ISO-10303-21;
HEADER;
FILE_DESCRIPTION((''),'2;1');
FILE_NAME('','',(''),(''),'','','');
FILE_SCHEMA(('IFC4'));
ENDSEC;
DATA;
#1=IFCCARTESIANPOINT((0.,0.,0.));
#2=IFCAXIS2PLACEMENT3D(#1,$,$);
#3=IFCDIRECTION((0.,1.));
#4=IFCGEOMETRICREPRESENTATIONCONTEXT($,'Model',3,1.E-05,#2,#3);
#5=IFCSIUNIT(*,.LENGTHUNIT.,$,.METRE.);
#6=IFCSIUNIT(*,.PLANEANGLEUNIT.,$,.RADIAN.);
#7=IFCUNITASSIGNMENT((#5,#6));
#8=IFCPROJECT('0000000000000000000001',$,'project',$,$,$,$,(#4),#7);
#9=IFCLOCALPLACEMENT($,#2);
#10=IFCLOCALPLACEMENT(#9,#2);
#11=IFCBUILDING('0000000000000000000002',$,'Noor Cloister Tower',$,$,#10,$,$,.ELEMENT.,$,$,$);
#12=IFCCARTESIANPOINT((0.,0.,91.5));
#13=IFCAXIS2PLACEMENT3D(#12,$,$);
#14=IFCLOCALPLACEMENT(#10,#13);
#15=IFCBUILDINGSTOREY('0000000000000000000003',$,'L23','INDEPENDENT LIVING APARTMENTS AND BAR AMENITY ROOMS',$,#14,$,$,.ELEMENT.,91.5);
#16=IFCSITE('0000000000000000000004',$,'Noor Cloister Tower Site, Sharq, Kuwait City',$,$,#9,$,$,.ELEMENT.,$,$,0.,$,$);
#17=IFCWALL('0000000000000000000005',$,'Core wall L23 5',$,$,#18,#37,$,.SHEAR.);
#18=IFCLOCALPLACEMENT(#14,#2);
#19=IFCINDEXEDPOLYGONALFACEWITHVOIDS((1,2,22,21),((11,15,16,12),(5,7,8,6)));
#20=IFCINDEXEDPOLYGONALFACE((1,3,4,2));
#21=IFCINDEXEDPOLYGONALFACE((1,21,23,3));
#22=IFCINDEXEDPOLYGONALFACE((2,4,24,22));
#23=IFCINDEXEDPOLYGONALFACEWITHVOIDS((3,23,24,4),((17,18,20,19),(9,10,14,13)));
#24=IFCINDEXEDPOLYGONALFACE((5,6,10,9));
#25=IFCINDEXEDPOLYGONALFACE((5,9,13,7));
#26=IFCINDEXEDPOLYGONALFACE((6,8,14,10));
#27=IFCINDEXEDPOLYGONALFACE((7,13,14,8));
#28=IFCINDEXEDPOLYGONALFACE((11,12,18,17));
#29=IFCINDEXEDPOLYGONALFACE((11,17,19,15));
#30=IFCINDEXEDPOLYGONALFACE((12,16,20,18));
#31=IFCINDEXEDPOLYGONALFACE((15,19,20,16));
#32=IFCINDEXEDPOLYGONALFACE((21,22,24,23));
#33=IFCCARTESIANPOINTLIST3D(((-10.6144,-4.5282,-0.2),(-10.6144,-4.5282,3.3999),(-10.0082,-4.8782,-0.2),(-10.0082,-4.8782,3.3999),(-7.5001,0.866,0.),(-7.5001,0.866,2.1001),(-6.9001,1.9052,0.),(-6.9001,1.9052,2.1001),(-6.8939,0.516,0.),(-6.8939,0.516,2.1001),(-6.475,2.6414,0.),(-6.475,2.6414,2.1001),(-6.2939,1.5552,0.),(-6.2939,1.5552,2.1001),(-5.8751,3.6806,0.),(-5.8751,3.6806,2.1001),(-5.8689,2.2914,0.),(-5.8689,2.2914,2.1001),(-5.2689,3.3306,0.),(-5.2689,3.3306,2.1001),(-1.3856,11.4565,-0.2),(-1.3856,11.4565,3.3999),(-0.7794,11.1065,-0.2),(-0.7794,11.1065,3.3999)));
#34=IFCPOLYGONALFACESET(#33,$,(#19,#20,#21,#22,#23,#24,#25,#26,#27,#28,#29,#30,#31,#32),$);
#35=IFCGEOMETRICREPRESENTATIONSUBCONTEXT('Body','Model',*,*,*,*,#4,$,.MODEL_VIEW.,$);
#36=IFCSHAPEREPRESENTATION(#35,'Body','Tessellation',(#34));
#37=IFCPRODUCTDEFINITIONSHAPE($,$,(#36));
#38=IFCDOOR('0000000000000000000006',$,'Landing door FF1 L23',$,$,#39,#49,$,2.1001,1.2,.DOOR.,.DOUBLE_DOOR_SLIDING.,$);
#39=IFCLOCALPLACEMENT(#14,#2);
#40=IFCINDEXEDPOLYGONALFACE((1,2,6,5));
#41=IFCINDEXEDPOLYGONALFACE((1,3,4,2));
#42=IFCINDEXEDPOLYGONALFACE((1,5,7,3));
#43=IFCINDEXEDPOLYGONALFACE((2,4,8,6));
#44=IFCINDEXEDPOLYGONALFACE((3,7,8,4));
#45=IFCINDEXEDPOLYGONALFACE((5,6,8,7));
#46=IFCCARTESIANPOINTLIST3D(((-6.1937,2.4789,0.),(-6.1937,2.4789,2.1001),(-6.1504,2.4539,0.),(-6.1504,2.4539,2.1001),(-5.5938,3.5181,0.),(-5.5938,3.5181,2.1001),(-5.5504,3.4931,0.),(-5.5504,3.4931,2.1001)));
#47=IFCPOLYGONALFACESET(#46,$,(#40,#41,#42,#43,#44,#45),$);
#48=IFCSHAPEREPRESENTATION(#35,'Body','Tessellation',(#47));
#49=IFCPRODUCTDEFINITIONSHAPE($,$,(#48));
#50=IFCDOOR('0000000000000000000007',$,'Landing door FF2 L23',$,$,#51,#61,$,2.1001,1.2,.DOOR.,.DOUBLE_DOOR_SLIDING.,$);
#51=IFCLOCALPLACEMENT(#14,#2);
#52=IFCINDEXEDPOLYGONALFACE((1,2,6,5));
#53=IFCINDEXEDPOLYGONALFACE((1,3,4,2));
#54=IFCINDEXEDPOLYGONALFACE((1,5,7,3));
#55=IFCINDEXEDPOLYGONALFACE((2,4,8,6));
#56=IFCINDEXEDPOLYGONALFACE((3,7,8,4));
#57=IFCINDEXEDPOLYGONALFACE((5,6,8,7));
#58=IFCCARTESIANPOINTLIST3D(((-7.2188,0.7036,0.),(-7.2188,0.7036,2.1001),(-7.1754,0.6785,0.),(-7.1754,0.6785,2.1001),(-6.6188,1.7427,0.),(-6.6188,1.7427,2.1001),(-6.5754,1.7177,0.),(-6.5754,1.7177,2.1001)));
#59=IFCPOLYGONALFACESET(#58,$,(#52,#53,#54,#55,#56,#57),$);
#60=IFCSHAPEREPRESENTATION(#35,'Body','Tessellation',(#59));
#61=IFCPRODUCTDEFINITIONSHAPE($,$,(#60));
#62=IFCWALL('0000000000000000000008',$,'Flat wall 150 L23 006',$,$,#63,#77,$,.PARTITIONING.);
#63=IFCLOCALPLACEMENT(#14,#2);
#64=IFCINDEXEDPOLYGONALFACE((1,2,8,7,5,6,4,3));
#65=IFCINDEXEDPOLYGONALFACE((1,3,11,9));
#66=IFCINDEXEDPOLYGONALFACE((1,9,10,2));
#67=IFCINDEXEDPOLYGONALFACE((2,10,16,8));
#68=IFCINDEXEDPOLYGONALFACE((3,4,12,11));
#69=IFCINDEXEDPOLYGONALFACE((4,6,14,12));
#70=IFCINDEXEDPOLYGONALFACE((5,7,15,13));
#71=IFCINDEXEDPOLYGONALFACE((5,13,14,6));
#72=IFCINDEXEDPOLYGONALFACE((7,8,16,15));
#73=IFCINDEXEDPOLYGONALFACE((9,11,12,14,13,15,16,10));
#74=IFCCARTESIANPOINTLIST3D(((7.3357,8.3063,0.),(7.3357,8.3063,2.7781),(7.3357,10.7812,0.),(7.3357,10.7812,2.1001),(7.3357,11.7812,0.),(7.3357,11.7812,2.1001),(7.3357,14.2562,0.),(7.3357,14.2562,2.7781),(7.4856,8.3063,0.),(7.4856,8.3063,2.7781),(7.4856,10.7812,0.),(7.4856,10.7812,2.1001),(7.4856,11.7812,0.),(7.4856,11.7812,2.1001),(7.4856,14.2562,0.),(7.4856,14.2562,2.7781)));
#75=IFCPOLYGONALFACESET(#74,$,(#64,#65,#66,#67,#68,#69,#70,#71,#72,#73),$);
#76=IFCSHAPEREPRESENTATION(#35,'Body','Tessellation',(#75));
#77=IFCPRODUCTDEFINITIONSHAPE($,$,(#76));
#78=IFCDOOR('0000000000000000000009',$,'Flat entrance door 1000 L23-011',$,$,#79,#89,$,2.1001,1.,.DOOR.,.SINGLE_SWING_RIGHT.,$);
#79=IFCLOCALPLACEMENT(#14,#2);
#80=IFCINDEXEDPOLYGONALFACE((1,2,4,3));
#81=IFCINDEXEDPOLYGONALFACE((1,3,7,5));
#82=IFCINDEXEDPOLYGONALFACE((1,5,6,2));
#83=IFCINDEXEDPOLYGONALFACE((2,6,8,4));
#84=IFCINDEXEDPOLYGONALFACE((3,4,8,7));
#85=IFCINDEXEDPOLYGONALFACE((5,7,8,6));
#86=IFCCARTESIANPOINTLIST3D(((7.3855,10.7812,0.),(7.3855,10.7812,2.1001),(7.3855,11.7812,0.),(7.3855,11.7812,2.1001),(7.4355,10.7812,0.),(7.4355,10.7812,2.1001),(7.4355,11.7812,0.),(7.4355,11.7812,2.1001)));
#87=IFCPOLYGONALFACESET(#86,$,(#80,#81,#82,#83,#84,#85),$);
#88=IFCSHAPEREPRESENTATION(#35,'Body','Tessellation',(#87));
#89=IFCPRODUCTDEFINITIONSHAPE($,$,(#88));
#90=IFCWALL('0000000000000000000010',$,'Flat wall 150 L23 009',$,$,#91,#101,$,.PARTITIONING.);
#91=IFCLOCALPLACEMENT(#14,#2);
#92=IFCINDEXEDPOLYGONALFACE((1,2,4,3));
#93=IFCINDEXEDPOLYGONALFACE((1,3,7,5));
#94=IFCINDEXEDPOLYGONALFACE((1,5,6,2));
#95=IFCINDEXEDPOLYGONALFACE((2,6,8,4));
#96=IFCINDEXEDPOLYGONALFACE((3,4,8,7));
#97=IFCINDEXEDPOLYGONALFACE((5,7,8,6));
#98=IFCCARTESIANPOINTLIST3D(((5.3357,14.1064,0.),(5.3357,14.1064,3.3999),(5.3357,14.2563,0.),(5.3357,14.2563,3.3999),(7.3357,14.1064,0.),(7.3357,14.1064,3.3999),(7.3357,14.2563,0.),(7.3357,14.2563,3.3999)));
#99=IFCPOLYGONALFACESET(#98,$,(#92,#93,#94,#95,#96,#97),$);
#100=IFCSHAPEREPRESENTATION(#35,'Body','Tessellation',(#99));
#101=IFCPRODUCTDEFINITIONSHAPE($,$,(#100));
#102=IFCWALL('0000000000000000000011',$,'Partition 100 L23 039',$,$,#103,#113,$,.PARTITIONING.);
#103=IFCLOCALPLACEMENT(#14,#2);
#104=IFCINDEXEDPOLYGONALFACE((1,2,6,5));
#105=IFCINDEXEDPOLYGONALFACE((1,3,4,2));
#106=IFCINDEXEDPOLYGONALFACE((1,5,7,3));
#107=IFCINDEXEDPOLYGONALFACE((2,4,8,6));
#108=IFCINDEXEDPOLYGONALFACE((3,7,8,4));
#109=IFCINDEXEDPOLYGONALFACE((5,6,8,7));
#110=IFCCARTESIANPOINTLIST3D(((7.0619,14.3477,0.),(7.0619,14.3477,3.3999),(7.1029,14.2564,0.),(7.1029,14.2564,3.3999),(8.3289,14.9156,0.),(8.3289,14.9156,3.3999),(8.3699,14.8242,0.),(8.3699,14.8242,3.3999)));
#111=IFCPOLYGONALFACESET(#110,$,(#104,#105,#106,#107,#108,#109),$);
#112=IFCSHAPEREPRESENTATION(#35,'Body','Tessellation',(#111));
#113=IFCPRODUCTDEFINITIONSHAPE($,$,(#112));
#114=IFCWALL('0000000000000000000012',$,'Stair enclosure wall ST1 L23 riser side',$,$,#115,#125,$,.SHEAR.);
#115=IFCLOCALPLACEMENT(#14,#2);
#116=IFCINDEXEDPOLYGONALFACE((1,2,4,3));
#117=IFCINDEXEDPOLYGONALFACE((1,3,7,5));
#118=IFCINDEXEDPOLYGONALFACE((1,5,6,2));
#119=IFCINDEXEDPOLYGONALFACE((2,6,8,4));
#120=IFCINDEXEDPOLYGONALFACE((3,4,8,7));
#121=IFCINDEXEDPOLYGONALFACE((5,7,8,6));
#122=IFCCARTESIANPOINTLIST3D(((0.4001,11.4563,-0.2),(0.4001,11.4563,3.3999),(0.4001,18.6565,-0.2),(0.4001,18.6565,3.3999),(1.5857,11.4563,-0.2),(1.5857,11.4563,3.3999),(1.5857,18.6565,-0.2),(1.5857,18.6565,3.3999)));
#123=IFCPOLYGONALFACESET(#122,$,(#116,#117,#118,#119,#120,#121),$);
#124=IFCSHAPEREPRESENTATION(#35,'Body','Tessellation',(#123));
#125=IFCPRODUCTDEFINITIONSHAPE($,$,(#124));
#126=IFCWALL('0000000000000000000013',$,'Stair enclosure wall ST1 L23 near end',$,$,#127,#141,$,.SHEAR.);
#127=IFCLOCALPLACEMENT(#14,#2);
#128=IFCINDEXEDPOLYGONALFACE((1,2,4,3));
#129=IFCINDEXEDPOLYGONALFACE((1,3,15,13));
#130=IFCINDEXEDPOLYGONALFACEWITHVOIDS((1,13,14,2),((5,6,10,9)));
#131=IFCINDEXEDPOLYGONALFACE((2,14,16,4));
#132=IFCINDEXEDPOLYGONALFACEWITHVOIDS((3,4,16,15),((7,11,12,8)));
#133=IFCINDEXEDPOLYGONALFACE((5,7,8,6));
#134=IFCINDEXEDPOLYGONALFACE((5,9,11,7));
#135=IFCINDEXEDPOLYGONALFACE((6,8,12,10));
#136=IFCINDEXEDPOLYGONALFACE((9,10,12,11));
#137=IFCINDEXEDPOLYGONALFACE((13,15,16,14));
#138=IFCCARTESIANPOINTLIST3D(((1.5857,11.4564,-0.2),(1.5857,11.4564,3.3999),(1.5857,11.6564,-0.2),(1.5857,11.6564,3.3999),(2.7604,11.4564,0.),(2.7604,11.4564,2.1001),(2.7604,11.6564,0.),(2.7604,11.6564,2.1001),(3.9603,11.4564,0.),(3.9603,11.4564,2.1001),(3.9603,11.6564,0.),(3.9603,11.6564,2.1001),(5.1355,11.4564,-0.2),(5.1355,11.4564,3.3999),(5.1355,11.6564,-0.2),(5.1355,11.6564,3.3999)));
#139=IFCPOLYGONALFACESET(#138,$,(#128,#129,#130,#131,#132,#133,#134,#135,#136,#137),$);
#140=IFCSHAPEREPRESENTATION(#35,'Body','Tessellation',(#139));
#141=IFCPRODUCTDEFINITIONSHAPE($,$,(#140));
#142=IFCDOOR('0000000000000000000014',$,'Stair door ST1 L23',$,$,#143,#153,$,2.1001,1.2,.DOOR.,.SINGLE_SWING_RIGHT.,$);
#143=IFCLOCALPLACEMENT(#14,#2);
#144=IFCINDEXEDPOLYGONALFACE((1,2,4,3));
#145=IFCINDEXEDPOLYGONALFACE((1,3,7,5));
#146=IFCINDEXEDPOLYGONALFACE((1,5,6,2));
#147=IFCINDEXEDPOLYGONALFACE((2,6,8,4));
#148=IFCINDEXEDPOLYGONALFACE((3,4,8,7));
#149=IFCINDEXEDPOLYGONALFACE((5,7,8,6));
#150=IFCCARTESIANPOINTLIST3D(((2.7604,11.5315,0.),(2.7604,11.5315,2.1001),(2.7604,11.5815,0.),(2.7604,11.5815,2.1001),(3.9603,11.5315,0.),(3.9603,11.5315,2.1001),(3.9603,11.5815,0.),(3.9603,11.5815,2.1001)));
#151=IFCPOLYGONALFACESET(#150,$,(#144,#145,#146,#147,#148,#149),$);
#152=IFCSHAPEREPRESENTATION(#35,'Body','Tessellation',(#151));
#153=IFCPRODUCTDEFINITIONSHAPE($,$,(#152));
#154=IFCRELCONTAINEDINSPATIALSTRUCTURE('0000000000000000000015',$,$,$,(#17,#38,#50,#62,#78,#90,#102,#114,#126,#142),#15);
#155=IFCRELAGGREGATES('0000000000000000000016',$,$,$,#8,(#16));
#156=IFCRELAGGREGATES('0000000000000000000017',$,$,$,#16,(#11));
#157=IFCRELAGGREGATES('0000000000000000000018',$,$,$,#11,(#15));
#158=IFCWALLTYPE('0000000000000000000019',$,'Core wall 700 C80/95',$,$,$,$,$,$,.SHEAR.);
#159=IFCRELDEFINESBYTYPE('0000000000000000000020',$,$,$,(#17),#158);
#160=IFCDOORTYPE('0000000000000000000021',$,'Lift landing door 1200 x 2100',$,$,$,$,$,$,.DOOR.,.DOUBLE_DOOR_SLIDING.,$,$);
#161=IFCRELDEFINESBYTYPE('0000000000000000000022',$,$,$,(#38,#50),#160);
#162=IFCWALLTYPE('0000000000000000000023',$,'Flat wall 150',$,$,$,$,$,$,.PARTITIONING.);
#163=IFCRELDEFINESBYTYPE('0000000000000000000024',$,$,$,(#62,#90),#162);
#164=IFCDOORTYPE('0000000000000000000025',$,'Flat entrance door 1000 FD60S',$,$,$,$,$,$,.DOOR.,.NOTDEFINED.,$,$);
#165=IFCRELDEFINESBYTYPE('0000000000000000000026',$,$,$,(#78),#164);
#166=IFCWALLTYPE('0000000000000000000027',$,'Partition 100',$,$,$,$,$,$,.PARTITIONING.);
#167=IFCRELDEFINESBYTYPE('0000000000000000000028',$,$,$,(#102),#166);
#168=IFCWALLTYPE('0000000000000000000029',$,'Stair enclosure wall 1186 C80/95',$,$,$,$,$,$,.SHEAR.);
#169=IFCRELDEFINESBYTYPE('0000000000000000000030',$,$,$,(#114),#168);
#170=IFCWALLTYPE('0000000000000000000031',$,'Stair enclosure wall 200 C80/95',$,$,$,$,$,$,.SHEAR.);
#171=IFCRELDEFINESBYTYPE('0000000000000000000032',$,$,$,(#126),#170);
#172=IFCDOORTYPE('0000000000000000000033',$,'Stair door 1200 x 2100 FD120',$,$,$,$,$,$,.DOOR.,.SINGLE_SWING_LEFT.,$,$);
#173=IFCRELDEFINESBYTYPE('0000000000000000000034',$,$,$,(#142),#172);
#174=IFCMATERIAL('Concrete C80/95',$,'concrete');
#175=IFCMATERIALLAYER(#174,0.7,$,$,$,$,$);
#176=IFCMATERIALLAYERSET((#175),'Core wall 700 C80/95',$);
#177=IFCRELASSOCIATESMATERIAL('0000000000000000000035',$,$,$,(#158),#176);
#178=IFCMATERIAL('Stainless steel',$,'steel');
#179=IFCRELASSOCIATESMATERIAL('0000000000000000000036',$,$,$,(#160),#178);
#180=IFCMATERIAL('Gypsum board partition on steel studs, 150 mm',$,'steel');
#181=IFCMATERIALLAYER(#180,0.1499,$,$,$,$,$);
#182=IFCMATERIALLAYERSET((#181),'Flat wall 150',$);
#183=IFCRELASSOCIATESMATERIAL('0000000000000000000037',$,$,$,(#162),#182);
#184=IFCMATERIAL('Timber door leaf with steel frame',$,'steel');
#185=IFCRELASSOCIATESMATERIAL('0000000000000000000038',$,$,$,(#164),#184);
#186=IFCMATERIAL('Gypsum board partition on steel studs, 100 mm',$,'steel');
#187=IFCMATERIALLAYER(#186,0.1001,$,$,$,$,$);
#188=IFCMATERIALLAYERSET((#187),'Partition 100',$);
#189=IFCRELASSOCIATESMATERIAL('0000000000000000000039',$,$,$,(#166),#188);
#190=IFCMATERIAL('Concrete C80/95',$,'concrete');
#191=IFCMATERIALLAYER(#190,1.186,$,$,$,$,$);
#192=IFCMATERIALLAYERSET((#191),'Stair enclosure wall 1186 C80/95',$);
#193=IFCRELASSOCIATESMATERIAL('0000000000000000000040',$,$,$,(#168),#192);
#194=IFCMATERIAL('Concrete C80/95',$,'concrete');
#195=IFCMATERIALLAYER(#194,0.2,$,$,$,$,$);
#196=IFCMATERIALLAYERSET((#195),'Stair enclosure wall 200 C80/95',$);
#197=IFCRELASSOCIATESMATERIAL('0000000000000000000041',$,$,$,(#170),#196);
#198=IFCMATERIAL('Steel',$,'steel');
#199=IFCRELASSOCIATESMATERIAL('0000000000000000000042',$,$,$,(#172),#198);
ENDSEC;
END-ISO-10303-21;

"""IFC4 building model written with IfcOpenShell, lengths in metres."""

from ifc_helpers import new_model, si_unit, direction, frame, frame_2d, origin, place, context, subcontext, project, spatial, rectangle, extrude, material, layer, layer_set, type_object, element, fill, save


model = new_model("IFC4")

# Units and contexts
model_context = context("Model", 3, precision=1e-05, world=origin(), true_north=direction((0.0, 1.0)))
body_context = subcontext(model_context, "Body", "Model", "MODEL_VIEW")
ifc_project = project(units=[si_unit("LENGTHUNIT", "METRE"), si_unit("PLANEANGLEUNIT", "RADIAN")], contexts=[model_context])

# Site, building, storey
site_placement = place(None, origin())
site = spatial("IfcSite", under=ifc_project, at=site_placement, Name="Noor Cloister Tower Site, Sharq, Kuwait City", CompositionType="ELEMENT", RefElevation=0.0)
building_placement = place(site_placement, origin())
building = spatial("IfcBuilding", under=site, at=building_placement, Name="Noor Cloister Tower", CompositionType="ELEMENT")
storey_placement = place(building_placement, frame((0.0, 0.0, 91.5)))
storey = spatial("IfcBuildingStorey", under=building, at=storey_placement, Name="L23", Description="INDEPENDENT LIVING APARTMENTS AND BAR AMENITY ROOMS", CompositionType="ELEMENT", Elevation=91.5)

# Shared definitions
ifc_material_1 = material(Name="Concrete C80/95", Category="concrete")
ifc_layer_1 = layer(ifc_material_1, 0.7)
ifc_layer_set_1 = layer_set([ifc_layer_1], Name="Core wall 700 C80/95")
wall_type_1 = type_object("IfcWallType", Name="Core wall 700 C80/95", PredefinedType="SHEAR", material=ifc_layer_set_1)

# Wall, openings, doors
wall_1_placement = place(storey_placement, frame((-1.0825, 11.2815, -0.2), z_axis=(0.0, 0.0, 1.0), x_axis=(-0.500001, -0.866025, 0.0)))
wall_1 = element("IfcWall", 1, at=wall_1_placement, inside=storey, type_object=wall_type_1, Name="Core wall L23 5", PredefinedType="SHEAR", context=body_context, shape_type="SweptSolid", body=[
    extrude(rectangle(XDim=18.4575, YDim=0.7, at=frame_2d((9.2288, 0.0))), origin(), (0.0, 0.0, 1.0), 3.5999),
])
opening_1_placement = place(wall_1_placement, frame((8.9788, 0.0, 0.2)))
opening_1 = element("IfcOpeningElement", 2, at=opening_1_placement, cuts=wall_1, PredefinedType="OPENING", context=body_context, shape_type="SweptSolid", body=[
    extrude(rectangle(XDim=1.2, YDim=2.1001, at=frame_2d((0.6001, 1.05))), frame((0.0, 0.3599, 0.0), z_axis=(0.0, -1.0, 0.0), x_axis=(1.0, 0.0, 0.0)), (0.0, 0.0, 1.0), 0.72),
])
opening_2_placement = place(wall_1_placement, frame((11.0288, 0.0, 0.2)))
opening_2 = element("IfcOpeningElement", 3, at=opening_2_placement, cuts=wall_1, PredefinedType="OPENING", context=body_context, shape_type="SweptSolid", body=[
    extrude(rectangle(XDim=1.2, YDim=2.1001, at=frame_2d((0.6001, 1.05))), frame((0.0, 0.3599, 0.0), z_axis=(0.0, -1.0, 0.0), x_axis=(1.0, 0.0, 0.0)), (0.0, 0.0, 1.0), 0.72),
])
ifc_material_2 = material(Name="Stainless steel", Category="steel")
door_type_1 = type_object("IfcDoorType", Name="Lift landing door 1200 x 2100", OperationType="DOUBLE_DOOR_SLIDING", PredefinedType="DOOR", material=ifc_material_2)
door_1_placement = place(opening_1_placement, origin())
door_1 = element("IfcDoor", 4, at=door_1_placement, inside=storey, type_object=door_type_1, Name="Landing door FF1 L23", OperationType="DOUBLE_DOOR_SLIDING", OverallHeight=2.1001, OverallWidth=1.2, PredefinedType="DOOR", context=body_context, shape_type="SweptSolid", body=[
    extrude(rectangle(XDim=1.2, YDim=2.1001, at=frame_2d((0.6001, 1.05))), frame((0.0, 0.0249, 0.0), z_axis=(0.0, -1.0, 0.0), x_axis=(1.0, 0.0, 0.0)), (0.0, 0.0, 1.0), 0.05),
])
fill(opening_1, door_1)
door_2_placement = place(opening_2_placement, origin())
door_2 = element("IfcDoor", 5, at=door_2_placement, inside=storey, type_object=door_type_1, Name="Landing door FF2 L23", OperationType="DOUBLE_DOOR_SLIDING", OverallHeight=2.1001, OverallWidth=1.2, PredefinedType="DOOR", context=body_context, shape_type="SweptSolid", body=[
    extrude(rectangle(XDim=1.2, YDim=2.1001, at=frame_2d((0.6001, 1.05))), frame((0.0, 0.0249, 0.0), z_axis=(0.0, -1.0, 0.0), x_axis=(1.0, 0.0, 0.0)), (0.0, 0.0, 1.0), 0.05),
])
fill(opening_2, door_2)

# Wall, opening, door
ifc_material_3 = material(Name="Gypsum board partition on steel studs, 150 mm", Category="steel")
ifc_layer_2 = layer(ifc_material_3, 0.1499)
ifc_layer_set_2 = layer_set([ifc_layer_2], Name="Flat wall 150")
wall_type_2 = type_object("IfcWallType", Name="Flat wall 150", PredefinedType="PARTITIONING", material=ifc_layer_set_2)
wall_2_placement = place(storey_placement, frame((7.4106, 14.2563, 0.0), z_axis=(0.0, 0.0, 1.0), x_axis=(0.0, -1.0, 0.0)))
wall_2 = element("IfcWall", 6, at=wall_2_placement, inside=storey, type_object=wall_type_2, Name="Flat wall 150 L23 006", PredefinedType="PARTITIONING", context=body_context, shape_type="SweptSolid", body=[
    extrude(rectangle(XDim=5.95, YDim=0.1499, at=frame_2d((2.9751, 0.0))), origin(), (0.0, 0.0, 1.0), 2.7781),
])
opening_3_placement = place(wall_2_placement, frame((2.4751, 0.0, 0.0)))
opening_3 = element("IfcOpeningElement", 7, at=opening_3_placement, cuts=wall_2, PredefinedType="OPENING", context=body_context, shape_type="SweptSolid", body=[
    extrude(rectangle(XDim=1.0, YDim=2.1001, at=frame_2d((0.5, 1.05))), frame((0.0, 0.085, 0.0), z_axis=(0.0, -1.0, 0.0), x_axis=(1.0, 0.0, 0.0)), (0.0, 0.0, 1.0), 0.1699),
])
ifc_material_4 = material(Name="Timber door leaf with steel frame", Category="steel")
door_type_2 = type_object("IfcDoorType", Name="Flat entrance door 1000 FD60S", OperationType="NOTDEFINED", PredefinedType="DOOR", material=ifc_material_4)
door_3_placement = place(opening_3_placement, origin())
door_3 = element("IfcDoor", 8, at=door_3_placement, inside=storey, type_object=door_type_2, Name="Flat entrance door 1000 L23-011", OperationType="SINGLE_SWING_RIGHT", OverallHeight=2.1001, OverallWidth=1.0, PredefinedType="DOOR", context=body_context, shape_type="SweptSolid", body=[
    extrude(rectangle(XDim=1.0, YDim=2.1001, at=frame_2d((0.5, 1.05))), frame((0.0, 0.0249, 0.0), z_axis=(0.0, -1.0, 0.0), x_axis=(1.0, 0.0, 0.0)), (0.0, 0.0, 1.0), 0.05),
])
fill(opening_3, door_3)

# Walls
wall_3_placement = place(storey_placement, frame((5.3357, 14.1814, 0.0), z_axis=(0.0, 0.0, 1.0), x_axis=(1.0, 0.0, 0.0)))
element("IfcWall", 9, at=wall_3_placement, inside=storey, type_object=wall_type_2, Name="Flat wall 150 L23 009", PredefinedType="PARTITIONING", context=body_context, shape_type="SweptSolid", body=[
    extrude(rectangle(XDim=2.0, YDim=0.1499, at=frame_2d((1.0, 0.0))), origin(), (0.0, 0.0, 1.0), 3.3999),
])
ifc_material_5 = material(Name="Gypsum board partition on steel studs, 100 mm", Category="steel")
ifc_layer_3 = layer(ifc_material_5, 0.1001)
ifc_layer_set_3 = layer_set([ifc_layer_3], Name="Partition 100")
wall_type_3 = type_object("IfcWallType", Name="Partition 100", PredefinedType="PARTITIONING", material=ifc_layer_set_3)
wall_4_placement = place(storey_placement, frame((7.0823, 14.302, 0.0), z_axis=(0.0, 0.0, 1.0), x_axis=(0.912546, 0.408975, 0.0)))
element("IfcWall", 10, at=wall_4_placement, inside=storey, type_object=wall_type_3, Name="Partition 100 L23 039", PredefinedType="PARTITIONING", context=body_context, shape_type="SweptSolid", body=[
    extrude(rectangle(XDim=1.3884, YDim=0.1001, at=frame_2d((0.6943, 0.0))), origin(), (0.0, 0.0, 1.0), 3.3999),
])
ifc_material_6 = material(Name="Concrete C80/95", Category="concrete")
ifc_layer_4 = layer(ifc_material_6, 1.186)
ifc_layer_set_4 = layer_set([ifc_layer_4], Name="Stair enclosure wall 1186 C80/95")
wall_type_4 = type_object("IfcWallType", Name="Stair enclosure wall 1186 C80/95", PredefinedType="SHEAR", material=ifc_layer_set_4)
wall_5_placement = place(storey_placement, frame((0.9929, 11.4563, -0.2), z_axis=(0.0, 0.0, 1.0), x_axis=(0.0, 1.0, 0.0)))
element("IfcWall", 11, at=wall_5_placement, inside=storey, type_object=wall_type_4, Name="Stair enclosure wall ST1 L23 riser side", PredefinedType="SHEAR", context=body_context, shape_type="SweptSolid", body=[
    extrude(rectangle(XDim=7.2002, YDim=1.1855, at=frame_2d((3.6001, 0.0))), origin(), (0.0, 0.0, 1.0), 3.5999),
])

# Wall, opening, door
ifc_material_7 = material(Name="Concrete C80/95", Category="concrete")
ifc_layer_5 = layer(ifc_material_7, 0.2)
ifc_layer_set_5 = layer_set([ifc_layer_5], Name="Stair enclosure wall 200 C80/95")
wall_type_5 = type_object("IfcWallType", Name="Stair enclosure wall 200 C80/95", PredefinedType="SHEAR", material=ifc_layer_set_5)
wall_6_placement = place(storey_placement, frame((5.1355, 11.5564, -0.2), z_axis=(0.0, 0.0, 1.0), x_axis=(-1.0, 0.0, 0.0)))
wall_6 = element("IfcWall", 12, at=wall_6_placement, inside=storey, type_object=wall_type_5, Name="Stair enclosure wall ST1 L23 near end", PredefinedType="SHEAR", context=body_context, shape_type="SweptSolid", body=[
    extrude(rectangle(XDim=3.5498, YDim=0.2, at=frame_2d((1.7749, 0.0))), origin(), (0.0, 0.0, 1.0), 3.5999),
])
opening_4_placement = place(wall_6_placement, frame((1.175, 0.0, 0.2)))
opening_4 = element("IfcOpeningElement", 13, at=opening_4_placement, cuts=wall_6, PredefinedType="OPENING", context=body_context, shape_type="SweptSolid", body=[
    extrude(rectangle(XDim=1.2, YDim=2.1001, at=frame_2d((0.6001, 1.05))), frame((0.0, 0.1099, 0.0), z_axis=(0.0, -1.0, 0.0), x_axis=(1.0, 0.0, 0.0)), (0.0, 0.0, 1.0), 0.22),
])
ifc_material_8 = material(Name="Steel", Category="steel")
door_type_3 = type_object("IfcDoorType", Name="Stair door 1200 x 2100 FD120", OperationType="SINGLE_SWING_LEFT", PredefinedType="DOOR", material=ifc_material_8)
door_4_placement = place(opening_4_placement, origin())
door_4 = element("IfcDoor", 14, at=door_4_placement, inside=storey, type_object=door_type_3, Name="Stair door ST1 L23", OperationType="SINGLE_SWING_RIGHT", OverallHeight=2.1001, OverallWidth=1.2, PredefinedType="DOOR", context=body_context, shape_type="SweptSolid", body=[
    extrude(rectangle(XDim=1.2, YDim=2.1001, at=frame_2d((0.6001, 1.05))), frame((0.0, 0.0249, 0.0), z_axis=(0.0, -1.0, 0.0), x_axis=(1.0, 0.0, 0.0)), (0.0, 0.0, 1.0), 0.05),
])
fill(opening_4, door_4)

save(model, "model.ifc")
